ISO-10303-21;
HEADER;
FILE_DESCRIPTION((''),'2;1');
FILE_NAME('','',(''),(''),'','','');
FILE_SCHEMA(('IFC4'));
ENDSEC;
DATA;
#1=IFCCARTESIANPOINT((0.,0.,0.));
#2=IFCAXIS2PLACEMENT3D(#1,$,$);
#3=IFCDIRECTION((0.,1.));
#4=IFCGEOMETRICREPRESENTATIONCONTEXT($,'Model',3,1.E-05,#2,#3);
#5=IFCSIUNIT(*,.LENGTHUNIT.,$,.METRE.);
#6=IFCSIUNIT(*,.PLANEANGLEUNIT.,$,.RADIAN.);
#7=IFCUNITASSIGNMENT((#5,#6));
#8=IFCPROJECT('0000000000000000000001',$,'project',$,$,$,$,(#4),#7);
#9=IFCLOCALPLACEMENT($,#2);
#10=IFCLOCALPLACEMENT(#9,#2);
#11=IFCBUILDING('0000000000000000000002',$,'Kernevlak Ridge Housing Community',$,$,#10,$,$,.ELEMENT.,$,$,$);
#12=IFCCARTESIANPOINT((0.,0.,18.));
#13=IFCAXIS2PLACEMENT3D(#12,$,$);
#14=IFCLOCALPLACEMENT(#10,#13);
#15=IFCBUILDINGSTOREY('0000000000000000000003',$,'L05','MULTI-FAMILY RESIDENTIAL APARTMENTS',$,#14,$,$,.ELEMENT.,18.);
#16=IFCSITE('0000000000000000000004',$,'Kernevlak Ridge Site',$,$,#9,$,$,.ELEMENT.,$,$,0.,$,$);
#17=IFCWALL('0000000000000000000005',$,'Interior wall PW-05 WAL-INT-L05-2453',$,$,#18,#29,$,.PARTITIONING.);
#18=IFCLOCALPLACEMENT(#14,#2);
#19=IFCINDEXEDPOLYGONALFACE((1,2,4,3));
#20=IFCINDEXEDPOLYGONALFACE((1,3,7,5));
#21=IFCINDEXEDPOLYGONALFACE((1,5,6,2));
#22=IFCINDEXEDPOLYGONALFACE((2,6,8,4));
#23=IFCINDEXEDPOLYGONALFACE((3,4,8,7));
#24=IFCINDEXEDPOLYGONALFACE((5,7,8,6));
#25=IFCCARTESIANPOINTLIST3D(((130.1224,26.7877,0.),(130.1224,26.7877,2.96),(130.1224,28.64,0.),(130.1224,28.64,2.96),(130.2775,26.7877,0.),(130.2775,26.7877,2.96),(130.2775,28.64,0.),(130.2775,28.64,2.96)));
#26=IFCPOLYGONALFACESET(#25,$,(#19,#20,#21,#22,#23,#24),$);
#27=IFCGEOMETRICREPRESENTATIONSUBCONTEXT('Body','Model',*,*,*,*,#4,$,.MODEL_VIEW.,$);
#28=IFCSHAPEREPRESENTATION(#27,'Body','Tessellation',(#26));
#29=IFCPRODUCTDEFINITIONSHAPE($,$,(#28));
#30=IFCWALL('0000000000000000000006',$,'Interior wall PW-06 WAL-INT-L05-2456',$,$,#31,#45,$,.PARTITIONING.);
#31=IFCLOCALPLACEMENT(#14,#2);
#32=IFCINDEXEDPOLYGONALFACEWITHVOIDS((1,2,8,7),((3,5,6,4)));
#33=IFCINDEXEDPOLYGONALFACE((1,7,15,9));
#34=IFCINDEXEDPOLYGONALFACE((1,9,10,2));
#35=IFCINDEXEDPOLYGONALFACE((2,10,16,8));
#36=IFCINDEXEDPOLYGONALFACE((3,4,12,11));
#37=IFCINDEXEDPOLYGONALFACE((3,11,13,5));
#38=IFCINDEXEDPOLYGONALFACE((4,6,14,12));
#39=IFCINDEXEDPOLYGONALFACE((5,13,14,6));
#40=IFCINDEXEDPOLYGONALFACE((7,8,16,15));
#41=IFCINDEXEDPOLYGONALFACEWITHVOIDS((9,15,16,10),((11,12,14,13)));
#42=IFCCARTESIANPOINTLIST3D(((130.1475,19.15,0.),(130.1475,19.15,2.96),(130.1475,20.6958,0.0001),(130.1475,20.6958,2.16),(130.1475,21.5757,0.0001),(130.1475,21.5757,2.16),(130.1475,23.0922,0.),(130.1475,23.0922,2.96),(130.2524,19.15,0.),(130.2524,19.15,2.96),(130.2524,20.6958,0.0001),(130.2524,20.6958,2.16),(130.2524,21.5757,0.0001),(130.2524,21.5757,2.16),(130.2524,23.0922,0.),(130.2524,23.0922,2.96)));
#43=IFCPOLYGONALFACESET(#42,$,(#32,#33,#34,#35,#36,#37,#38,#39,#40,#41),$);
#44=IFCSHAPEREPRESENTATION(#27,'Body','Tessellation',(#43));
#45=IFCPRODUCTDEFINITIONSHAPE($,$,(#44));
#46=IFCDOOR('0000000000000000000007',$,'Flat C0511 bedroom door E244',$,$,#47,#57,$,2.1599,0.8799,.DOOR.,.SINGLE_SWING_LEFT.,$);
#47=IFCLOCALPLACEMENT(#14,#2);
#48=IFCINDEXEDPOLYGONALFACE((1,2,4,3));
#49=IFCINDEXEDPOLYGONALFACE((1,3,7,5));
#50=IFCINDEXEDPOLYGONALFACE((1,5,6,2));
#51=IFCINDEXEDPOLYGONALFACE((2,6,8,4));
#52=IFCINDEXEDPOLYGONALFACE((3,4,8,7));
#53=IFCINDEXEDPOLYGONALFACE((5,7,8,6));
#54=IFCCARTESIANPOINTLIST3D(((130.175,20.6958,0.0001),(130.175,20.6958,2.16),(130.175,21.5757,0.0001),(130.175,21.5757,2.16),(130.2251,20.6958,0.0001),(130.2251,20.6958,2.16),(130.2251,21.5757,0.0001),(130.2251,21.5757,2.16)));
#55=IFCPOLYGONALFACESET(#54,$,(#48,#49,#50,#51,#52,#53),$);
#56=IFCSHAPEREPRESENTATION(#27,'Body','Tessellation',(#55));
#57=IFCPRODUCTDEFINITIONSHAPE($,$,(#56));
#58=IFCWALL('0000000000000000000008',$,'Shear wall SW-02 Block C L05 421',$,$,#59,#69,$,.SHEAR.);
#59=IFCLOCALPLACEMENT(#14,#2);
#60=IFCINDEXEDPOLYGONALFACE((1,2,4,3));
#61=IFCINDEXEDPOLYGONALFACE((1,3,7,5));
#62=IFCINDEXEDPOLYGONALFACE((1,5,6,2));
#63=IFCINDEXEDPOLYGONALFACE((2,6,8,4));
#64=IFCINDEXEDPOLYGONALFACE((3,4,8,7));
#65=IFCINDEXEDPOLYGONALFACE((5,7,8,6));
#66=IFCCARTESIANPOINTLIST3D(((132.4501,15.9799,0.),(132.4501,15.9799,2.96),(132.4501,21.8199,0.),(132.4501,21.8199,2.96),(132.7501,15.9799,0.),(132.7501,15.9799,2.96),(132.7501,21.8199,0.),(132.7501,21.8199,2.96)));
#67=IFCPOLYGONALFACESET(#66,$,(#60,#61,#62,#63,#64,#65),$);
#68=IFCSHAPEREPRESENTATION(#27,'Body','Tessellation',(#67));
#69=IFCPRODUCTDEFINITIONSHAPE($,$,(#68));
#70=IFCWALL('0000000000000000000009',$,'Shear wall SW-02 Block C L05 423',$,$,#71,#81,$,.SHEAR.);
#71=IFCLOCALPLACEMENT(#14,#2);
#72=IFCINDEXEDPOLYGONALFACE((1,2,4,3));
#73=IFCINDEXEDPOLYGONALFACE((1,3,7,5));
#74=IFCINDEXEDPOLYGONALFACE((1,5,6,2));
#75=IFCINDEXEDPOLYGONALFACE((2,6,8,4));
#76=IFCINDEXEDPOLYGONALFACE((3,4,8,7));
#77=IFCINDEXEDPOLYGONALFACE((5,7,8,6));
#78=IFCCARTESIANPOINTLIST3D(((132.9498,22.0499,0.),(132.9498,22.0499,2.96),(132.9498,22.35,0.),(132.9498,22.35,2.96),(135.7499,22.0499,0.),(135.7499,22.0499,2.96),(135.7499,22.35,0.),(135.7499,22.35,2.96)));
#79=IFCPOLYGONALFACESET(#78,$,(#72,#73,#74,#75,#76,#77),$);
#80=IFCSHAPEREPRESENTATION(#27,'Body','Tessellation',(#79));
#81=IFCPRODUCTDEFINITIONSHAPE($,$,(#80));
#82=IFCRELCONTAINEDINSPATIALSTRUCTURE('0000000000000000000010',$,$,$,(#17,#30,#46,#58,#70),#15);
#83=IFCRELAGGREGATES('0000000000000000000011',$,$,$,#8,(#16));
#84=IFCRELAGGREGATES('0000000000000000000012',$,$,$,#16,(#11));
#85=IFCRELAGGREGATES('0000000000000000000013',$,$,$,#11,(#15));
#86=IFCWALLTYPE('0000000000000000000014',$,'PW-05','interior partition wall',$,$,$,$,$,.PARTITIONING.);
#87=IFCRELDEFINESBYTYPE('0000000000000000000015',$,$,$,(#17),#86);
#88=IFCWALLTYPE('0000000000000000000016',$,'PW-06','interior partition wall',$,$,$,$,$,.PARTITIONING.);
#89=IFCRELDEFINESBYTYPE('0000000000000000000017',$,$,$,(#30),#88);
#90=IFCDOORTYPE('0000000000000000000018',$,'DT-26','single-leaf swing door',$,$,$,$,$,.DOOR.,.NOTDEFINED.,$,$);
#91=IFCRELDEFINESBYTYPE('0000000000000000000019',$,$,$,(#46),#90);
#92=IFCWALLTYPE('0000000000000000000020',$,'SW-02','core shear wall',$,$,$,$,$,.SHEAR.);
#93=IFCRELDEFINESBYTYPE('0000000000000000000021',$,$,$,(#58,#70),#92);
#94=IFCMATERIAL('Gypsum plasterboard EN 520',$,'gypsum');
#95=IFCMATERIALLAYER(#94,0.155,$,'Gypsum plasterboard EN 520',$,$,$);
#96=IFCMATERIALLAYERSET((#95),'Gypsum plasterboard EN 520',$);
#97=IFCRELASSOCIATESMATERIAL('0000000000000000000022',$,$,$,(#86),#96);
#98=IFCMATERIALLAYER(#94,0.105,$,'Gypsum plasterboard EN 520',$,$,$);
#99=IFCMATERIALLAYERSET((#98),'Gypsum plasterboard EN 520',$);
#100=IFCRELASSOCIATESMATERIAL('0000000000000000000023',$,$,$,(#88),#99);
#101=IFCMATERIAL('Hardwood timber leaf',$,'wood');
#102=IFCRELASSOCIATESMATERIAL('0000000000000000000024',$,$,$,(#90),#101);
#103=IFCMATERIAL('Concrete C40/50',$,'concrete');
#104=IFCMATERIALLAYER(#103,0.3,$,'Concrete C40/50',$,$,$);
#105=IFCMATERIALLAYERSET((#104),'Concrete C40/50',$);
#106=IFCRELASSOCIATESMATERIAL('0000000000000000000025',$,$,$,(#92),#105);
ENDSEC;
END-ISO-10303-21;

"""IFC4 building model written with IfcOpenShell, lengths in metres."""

from ifc_helpers import new_model, si_unit, direction, frame, frame_2d, origin, place, context, subcontext, project, spatial, rectangle, extrude, material, layer, layer_set, type_object, element, fill, save


model = new_model("IFC4")

# Units and contexts
model_context = context("Model", 3, precision=1e-05, world=origin(), true_north=direction((0.0, 1.0)))
body_context = subcontext(model_context, "Body", "Model", "MODEL_VIEW")
ifc_project = project(units=[si_unit("LENGTHUNIT", "METRE"), si_unit("PLANEANGLEUNIT", "RADIAN")], contexts=[model_context])

# Site, building, storey
site_placement = place(None, origin())
site = spatial("IfcSite", under=ifc_project, at=site_placement, Name="Kernevlak Ridge Site", CompositionType="ELEMENT", RefElevation=0.0)
building_placement = place(site_placement, origin())
building = spatial("IfcBuilding", under=site, at=building_placement, Name="Kernevlak Ridge Housing Community", CompositionType="ELEMENT")
storey_placement = place(building_placement, frame((0.0, 0.0, 18.0)))
storey = spatial("IfcBuildingStorey", under=building, at=storey_placement, Name="L05", Description="MULTI-FAMILY RESIDENTIAL APARTMENTS", CompositionType="ELEMENT", Elevation=18.0)

# Shared definitions
ifc_material_1 = material(Name="Gypsum plasterboard EN 520", Category="gypsum")

# Shared definitions
ifc_layer_1 = layer(ifc_material_1, 0.155, Name="Gypsum plasterboard EN 520")
ifc_layer_set_1 = layer_set([ifc_layer_1], Name="Gypsum plasterboard EN 520")
wall_type_1 = type_object("IfcWallType", Name="PW-05", Description="interior partition wall", PredefinedType="PARTITIONING", material=ifc_layer_set_1)
ifc_material_2 = material(Name="Hardwood timber leaf", Category="wood")

# Wall
wall_1_placement = place(storey_placement, frame((130.2, 26.7876, 0.0), z_axis=(0.0, 0.0, 1.0), x_axis=(0.0, 1.0, 0.0)))
element("IfcWall", 1, at=wall_1_placement, inside=storey, type_object=wall_type_1, Name="Interior wall PW-05 WAL-INT-L05-2453", PredefinedType="PARTITIONING", context=body_context, shape_type="SweptSolid", body=[
    extrude(rectangle(XDim=1.8523, YDim=0.155, at=frame_2d((0.9263, 0.0))), origin(), (0.0, 0.0, 1.0), 2.96),
])

# Wall, opening, door
ifc_layer_2 = layer(ifc_material_1, 0.105, Name="Gypsum plasterboard EN 520")
ifc_layer_set_2 = layer_set([ifc_layer_2], Name="Gypsum plasterboard EN 520")
wall_type_2 = type_object("IfcWallType", Name="PW-06", Description="interior partition wall", PredefinedType="PARTITIONING", material=ifc_layer_set_2)
wall_2_placement = place(storey_placement, frame((130.2, 19.1499, 0.0), z_axis=(0.0, 0.0, 1.0), x_axis=(0.0, 1.0, 0.0)))
wall_2 = element("IfcWall", 2, at=wall_2_placement, inside=storey, type_object=wall_type_2, Name="Interior wall PW-06 WAL-INT-L05-2456", PredefinedType="PARTITIONING", context=body_context, shape_type="SweptSolid", body=[
    extrude(rectangle(XDim=3.9421, YDim=0.105, at=frame_2d((1.9712, 0.0))), origin(), (0.0, 0.0, 1.0), 2.96),
])
opening_1_placement = place(wall_2_placement, frame((1.5459, 0.0, 0.0)))
opening_1 = element("IfcOpeningElement", 3, at=opening_1_placement, cuts=wall_2, PredefinedType="OPENING", context=body_context, shape_type="SweptSolid", body=[
    extrude(rectangle(XDim=0.8799, YDim=2.1599, at=frame_2d((0.4399, 1.0801))), frame((0.0, 0.0625, 0.0), z_axis=(0.0, -1.0, 0.0), x_axis=(1.0, 0.0, 0.0)), (0.0, 0.0, 1.0), 0.125),
])
door_type_1 = type_object("IfcDoorType", Name="DT-26", Description="single-leaf swing door", OperationType="NOTDEFINED", PredefinedType="DOOR", material=ifc_material_2)
door_1_placement = place(opening_1_placement, origin())
door_1 = element("IfcDoor", 4, at=door_1_placement, inside=storey, type_object=door_type_1, Name="Flat C0511 bedroom door E244", OperationType="SINGLE_SWING_LEFT", OverallHeight=2.1599, OverallWidth=0.8799, PredefinedType="DOOR", context=body_context, shape_type="SweptSolid", body=[
    extrude(rectangle(XDim=0.8799, YDim=2.1599, at=frame_2d((0.4399, 1.0801))), frame((0.0, 0.0249, 0.0), z_axis=(0.0, -1.0, 0.0), x_axis=(1.0, 0.0, 0.0)), (0.0, 0.0, 1.0), 0.05),
])
fill(opening_1, door_1)

# Walls
ifc_material_3 = material(Name="Concrete C40/50", Category="concrete")
ifc_layer_3 = layer(ifc_material_3, 0.3, Name="Concrete C40/50")
ifc_layer_set_3 = layer_set([ifc_layer_3], Name="Concrete C40/50")
wall_type_3 = type_object("IfcWallType", Name="SW-02", Description="core shear wall", PredefinedType="SHEAR", material=ifc_layer_set_3)
wall_3_placement = place(storey_placement, frame((132.6001, 15.98, 0.0), z_axis=(0.0, 0.0, 1.0), x_axis=(0.0, 1.0, 0.0)))
element("IfcWall", 5, at=wall_3_placement, inside=storey, type_object=wall_type_3, Name="Shear wall SW-02 Block C L05 421", PredefinedType="SHEAR", context=body_context, shape_type="SweptSolid", body=[
    extrude(rectangle(XDim=5.8401, YDim=0.3, at=frame_2d((2.9199, 0.0))), origin(), (0.0, 0.0, 1.0), 2.96),
])
wall_4_placement = place(storey_placement, frame((132.95, 22.2, 0.0), z_axis=(0.0, 0.0, 1.0), x_axis=(1.0, 0.0, 0.0)))
element("IfcWall", 6, at=wall_4_placement, inside=storey, type_object=wall_type_3, Name="Shear wall SW-02 Block C L05 423", PredefinedType="SHEAR", context=body_context, shape_type="SweptSolid", body=[
    extrude(rectangle(XDim=2.8, YDim=0.3, at=frame_2d((1.3999, 0.0))), origin(), (0.0, 0.0, 1.0), 2.96),
])

save(model, "model.ifc")
